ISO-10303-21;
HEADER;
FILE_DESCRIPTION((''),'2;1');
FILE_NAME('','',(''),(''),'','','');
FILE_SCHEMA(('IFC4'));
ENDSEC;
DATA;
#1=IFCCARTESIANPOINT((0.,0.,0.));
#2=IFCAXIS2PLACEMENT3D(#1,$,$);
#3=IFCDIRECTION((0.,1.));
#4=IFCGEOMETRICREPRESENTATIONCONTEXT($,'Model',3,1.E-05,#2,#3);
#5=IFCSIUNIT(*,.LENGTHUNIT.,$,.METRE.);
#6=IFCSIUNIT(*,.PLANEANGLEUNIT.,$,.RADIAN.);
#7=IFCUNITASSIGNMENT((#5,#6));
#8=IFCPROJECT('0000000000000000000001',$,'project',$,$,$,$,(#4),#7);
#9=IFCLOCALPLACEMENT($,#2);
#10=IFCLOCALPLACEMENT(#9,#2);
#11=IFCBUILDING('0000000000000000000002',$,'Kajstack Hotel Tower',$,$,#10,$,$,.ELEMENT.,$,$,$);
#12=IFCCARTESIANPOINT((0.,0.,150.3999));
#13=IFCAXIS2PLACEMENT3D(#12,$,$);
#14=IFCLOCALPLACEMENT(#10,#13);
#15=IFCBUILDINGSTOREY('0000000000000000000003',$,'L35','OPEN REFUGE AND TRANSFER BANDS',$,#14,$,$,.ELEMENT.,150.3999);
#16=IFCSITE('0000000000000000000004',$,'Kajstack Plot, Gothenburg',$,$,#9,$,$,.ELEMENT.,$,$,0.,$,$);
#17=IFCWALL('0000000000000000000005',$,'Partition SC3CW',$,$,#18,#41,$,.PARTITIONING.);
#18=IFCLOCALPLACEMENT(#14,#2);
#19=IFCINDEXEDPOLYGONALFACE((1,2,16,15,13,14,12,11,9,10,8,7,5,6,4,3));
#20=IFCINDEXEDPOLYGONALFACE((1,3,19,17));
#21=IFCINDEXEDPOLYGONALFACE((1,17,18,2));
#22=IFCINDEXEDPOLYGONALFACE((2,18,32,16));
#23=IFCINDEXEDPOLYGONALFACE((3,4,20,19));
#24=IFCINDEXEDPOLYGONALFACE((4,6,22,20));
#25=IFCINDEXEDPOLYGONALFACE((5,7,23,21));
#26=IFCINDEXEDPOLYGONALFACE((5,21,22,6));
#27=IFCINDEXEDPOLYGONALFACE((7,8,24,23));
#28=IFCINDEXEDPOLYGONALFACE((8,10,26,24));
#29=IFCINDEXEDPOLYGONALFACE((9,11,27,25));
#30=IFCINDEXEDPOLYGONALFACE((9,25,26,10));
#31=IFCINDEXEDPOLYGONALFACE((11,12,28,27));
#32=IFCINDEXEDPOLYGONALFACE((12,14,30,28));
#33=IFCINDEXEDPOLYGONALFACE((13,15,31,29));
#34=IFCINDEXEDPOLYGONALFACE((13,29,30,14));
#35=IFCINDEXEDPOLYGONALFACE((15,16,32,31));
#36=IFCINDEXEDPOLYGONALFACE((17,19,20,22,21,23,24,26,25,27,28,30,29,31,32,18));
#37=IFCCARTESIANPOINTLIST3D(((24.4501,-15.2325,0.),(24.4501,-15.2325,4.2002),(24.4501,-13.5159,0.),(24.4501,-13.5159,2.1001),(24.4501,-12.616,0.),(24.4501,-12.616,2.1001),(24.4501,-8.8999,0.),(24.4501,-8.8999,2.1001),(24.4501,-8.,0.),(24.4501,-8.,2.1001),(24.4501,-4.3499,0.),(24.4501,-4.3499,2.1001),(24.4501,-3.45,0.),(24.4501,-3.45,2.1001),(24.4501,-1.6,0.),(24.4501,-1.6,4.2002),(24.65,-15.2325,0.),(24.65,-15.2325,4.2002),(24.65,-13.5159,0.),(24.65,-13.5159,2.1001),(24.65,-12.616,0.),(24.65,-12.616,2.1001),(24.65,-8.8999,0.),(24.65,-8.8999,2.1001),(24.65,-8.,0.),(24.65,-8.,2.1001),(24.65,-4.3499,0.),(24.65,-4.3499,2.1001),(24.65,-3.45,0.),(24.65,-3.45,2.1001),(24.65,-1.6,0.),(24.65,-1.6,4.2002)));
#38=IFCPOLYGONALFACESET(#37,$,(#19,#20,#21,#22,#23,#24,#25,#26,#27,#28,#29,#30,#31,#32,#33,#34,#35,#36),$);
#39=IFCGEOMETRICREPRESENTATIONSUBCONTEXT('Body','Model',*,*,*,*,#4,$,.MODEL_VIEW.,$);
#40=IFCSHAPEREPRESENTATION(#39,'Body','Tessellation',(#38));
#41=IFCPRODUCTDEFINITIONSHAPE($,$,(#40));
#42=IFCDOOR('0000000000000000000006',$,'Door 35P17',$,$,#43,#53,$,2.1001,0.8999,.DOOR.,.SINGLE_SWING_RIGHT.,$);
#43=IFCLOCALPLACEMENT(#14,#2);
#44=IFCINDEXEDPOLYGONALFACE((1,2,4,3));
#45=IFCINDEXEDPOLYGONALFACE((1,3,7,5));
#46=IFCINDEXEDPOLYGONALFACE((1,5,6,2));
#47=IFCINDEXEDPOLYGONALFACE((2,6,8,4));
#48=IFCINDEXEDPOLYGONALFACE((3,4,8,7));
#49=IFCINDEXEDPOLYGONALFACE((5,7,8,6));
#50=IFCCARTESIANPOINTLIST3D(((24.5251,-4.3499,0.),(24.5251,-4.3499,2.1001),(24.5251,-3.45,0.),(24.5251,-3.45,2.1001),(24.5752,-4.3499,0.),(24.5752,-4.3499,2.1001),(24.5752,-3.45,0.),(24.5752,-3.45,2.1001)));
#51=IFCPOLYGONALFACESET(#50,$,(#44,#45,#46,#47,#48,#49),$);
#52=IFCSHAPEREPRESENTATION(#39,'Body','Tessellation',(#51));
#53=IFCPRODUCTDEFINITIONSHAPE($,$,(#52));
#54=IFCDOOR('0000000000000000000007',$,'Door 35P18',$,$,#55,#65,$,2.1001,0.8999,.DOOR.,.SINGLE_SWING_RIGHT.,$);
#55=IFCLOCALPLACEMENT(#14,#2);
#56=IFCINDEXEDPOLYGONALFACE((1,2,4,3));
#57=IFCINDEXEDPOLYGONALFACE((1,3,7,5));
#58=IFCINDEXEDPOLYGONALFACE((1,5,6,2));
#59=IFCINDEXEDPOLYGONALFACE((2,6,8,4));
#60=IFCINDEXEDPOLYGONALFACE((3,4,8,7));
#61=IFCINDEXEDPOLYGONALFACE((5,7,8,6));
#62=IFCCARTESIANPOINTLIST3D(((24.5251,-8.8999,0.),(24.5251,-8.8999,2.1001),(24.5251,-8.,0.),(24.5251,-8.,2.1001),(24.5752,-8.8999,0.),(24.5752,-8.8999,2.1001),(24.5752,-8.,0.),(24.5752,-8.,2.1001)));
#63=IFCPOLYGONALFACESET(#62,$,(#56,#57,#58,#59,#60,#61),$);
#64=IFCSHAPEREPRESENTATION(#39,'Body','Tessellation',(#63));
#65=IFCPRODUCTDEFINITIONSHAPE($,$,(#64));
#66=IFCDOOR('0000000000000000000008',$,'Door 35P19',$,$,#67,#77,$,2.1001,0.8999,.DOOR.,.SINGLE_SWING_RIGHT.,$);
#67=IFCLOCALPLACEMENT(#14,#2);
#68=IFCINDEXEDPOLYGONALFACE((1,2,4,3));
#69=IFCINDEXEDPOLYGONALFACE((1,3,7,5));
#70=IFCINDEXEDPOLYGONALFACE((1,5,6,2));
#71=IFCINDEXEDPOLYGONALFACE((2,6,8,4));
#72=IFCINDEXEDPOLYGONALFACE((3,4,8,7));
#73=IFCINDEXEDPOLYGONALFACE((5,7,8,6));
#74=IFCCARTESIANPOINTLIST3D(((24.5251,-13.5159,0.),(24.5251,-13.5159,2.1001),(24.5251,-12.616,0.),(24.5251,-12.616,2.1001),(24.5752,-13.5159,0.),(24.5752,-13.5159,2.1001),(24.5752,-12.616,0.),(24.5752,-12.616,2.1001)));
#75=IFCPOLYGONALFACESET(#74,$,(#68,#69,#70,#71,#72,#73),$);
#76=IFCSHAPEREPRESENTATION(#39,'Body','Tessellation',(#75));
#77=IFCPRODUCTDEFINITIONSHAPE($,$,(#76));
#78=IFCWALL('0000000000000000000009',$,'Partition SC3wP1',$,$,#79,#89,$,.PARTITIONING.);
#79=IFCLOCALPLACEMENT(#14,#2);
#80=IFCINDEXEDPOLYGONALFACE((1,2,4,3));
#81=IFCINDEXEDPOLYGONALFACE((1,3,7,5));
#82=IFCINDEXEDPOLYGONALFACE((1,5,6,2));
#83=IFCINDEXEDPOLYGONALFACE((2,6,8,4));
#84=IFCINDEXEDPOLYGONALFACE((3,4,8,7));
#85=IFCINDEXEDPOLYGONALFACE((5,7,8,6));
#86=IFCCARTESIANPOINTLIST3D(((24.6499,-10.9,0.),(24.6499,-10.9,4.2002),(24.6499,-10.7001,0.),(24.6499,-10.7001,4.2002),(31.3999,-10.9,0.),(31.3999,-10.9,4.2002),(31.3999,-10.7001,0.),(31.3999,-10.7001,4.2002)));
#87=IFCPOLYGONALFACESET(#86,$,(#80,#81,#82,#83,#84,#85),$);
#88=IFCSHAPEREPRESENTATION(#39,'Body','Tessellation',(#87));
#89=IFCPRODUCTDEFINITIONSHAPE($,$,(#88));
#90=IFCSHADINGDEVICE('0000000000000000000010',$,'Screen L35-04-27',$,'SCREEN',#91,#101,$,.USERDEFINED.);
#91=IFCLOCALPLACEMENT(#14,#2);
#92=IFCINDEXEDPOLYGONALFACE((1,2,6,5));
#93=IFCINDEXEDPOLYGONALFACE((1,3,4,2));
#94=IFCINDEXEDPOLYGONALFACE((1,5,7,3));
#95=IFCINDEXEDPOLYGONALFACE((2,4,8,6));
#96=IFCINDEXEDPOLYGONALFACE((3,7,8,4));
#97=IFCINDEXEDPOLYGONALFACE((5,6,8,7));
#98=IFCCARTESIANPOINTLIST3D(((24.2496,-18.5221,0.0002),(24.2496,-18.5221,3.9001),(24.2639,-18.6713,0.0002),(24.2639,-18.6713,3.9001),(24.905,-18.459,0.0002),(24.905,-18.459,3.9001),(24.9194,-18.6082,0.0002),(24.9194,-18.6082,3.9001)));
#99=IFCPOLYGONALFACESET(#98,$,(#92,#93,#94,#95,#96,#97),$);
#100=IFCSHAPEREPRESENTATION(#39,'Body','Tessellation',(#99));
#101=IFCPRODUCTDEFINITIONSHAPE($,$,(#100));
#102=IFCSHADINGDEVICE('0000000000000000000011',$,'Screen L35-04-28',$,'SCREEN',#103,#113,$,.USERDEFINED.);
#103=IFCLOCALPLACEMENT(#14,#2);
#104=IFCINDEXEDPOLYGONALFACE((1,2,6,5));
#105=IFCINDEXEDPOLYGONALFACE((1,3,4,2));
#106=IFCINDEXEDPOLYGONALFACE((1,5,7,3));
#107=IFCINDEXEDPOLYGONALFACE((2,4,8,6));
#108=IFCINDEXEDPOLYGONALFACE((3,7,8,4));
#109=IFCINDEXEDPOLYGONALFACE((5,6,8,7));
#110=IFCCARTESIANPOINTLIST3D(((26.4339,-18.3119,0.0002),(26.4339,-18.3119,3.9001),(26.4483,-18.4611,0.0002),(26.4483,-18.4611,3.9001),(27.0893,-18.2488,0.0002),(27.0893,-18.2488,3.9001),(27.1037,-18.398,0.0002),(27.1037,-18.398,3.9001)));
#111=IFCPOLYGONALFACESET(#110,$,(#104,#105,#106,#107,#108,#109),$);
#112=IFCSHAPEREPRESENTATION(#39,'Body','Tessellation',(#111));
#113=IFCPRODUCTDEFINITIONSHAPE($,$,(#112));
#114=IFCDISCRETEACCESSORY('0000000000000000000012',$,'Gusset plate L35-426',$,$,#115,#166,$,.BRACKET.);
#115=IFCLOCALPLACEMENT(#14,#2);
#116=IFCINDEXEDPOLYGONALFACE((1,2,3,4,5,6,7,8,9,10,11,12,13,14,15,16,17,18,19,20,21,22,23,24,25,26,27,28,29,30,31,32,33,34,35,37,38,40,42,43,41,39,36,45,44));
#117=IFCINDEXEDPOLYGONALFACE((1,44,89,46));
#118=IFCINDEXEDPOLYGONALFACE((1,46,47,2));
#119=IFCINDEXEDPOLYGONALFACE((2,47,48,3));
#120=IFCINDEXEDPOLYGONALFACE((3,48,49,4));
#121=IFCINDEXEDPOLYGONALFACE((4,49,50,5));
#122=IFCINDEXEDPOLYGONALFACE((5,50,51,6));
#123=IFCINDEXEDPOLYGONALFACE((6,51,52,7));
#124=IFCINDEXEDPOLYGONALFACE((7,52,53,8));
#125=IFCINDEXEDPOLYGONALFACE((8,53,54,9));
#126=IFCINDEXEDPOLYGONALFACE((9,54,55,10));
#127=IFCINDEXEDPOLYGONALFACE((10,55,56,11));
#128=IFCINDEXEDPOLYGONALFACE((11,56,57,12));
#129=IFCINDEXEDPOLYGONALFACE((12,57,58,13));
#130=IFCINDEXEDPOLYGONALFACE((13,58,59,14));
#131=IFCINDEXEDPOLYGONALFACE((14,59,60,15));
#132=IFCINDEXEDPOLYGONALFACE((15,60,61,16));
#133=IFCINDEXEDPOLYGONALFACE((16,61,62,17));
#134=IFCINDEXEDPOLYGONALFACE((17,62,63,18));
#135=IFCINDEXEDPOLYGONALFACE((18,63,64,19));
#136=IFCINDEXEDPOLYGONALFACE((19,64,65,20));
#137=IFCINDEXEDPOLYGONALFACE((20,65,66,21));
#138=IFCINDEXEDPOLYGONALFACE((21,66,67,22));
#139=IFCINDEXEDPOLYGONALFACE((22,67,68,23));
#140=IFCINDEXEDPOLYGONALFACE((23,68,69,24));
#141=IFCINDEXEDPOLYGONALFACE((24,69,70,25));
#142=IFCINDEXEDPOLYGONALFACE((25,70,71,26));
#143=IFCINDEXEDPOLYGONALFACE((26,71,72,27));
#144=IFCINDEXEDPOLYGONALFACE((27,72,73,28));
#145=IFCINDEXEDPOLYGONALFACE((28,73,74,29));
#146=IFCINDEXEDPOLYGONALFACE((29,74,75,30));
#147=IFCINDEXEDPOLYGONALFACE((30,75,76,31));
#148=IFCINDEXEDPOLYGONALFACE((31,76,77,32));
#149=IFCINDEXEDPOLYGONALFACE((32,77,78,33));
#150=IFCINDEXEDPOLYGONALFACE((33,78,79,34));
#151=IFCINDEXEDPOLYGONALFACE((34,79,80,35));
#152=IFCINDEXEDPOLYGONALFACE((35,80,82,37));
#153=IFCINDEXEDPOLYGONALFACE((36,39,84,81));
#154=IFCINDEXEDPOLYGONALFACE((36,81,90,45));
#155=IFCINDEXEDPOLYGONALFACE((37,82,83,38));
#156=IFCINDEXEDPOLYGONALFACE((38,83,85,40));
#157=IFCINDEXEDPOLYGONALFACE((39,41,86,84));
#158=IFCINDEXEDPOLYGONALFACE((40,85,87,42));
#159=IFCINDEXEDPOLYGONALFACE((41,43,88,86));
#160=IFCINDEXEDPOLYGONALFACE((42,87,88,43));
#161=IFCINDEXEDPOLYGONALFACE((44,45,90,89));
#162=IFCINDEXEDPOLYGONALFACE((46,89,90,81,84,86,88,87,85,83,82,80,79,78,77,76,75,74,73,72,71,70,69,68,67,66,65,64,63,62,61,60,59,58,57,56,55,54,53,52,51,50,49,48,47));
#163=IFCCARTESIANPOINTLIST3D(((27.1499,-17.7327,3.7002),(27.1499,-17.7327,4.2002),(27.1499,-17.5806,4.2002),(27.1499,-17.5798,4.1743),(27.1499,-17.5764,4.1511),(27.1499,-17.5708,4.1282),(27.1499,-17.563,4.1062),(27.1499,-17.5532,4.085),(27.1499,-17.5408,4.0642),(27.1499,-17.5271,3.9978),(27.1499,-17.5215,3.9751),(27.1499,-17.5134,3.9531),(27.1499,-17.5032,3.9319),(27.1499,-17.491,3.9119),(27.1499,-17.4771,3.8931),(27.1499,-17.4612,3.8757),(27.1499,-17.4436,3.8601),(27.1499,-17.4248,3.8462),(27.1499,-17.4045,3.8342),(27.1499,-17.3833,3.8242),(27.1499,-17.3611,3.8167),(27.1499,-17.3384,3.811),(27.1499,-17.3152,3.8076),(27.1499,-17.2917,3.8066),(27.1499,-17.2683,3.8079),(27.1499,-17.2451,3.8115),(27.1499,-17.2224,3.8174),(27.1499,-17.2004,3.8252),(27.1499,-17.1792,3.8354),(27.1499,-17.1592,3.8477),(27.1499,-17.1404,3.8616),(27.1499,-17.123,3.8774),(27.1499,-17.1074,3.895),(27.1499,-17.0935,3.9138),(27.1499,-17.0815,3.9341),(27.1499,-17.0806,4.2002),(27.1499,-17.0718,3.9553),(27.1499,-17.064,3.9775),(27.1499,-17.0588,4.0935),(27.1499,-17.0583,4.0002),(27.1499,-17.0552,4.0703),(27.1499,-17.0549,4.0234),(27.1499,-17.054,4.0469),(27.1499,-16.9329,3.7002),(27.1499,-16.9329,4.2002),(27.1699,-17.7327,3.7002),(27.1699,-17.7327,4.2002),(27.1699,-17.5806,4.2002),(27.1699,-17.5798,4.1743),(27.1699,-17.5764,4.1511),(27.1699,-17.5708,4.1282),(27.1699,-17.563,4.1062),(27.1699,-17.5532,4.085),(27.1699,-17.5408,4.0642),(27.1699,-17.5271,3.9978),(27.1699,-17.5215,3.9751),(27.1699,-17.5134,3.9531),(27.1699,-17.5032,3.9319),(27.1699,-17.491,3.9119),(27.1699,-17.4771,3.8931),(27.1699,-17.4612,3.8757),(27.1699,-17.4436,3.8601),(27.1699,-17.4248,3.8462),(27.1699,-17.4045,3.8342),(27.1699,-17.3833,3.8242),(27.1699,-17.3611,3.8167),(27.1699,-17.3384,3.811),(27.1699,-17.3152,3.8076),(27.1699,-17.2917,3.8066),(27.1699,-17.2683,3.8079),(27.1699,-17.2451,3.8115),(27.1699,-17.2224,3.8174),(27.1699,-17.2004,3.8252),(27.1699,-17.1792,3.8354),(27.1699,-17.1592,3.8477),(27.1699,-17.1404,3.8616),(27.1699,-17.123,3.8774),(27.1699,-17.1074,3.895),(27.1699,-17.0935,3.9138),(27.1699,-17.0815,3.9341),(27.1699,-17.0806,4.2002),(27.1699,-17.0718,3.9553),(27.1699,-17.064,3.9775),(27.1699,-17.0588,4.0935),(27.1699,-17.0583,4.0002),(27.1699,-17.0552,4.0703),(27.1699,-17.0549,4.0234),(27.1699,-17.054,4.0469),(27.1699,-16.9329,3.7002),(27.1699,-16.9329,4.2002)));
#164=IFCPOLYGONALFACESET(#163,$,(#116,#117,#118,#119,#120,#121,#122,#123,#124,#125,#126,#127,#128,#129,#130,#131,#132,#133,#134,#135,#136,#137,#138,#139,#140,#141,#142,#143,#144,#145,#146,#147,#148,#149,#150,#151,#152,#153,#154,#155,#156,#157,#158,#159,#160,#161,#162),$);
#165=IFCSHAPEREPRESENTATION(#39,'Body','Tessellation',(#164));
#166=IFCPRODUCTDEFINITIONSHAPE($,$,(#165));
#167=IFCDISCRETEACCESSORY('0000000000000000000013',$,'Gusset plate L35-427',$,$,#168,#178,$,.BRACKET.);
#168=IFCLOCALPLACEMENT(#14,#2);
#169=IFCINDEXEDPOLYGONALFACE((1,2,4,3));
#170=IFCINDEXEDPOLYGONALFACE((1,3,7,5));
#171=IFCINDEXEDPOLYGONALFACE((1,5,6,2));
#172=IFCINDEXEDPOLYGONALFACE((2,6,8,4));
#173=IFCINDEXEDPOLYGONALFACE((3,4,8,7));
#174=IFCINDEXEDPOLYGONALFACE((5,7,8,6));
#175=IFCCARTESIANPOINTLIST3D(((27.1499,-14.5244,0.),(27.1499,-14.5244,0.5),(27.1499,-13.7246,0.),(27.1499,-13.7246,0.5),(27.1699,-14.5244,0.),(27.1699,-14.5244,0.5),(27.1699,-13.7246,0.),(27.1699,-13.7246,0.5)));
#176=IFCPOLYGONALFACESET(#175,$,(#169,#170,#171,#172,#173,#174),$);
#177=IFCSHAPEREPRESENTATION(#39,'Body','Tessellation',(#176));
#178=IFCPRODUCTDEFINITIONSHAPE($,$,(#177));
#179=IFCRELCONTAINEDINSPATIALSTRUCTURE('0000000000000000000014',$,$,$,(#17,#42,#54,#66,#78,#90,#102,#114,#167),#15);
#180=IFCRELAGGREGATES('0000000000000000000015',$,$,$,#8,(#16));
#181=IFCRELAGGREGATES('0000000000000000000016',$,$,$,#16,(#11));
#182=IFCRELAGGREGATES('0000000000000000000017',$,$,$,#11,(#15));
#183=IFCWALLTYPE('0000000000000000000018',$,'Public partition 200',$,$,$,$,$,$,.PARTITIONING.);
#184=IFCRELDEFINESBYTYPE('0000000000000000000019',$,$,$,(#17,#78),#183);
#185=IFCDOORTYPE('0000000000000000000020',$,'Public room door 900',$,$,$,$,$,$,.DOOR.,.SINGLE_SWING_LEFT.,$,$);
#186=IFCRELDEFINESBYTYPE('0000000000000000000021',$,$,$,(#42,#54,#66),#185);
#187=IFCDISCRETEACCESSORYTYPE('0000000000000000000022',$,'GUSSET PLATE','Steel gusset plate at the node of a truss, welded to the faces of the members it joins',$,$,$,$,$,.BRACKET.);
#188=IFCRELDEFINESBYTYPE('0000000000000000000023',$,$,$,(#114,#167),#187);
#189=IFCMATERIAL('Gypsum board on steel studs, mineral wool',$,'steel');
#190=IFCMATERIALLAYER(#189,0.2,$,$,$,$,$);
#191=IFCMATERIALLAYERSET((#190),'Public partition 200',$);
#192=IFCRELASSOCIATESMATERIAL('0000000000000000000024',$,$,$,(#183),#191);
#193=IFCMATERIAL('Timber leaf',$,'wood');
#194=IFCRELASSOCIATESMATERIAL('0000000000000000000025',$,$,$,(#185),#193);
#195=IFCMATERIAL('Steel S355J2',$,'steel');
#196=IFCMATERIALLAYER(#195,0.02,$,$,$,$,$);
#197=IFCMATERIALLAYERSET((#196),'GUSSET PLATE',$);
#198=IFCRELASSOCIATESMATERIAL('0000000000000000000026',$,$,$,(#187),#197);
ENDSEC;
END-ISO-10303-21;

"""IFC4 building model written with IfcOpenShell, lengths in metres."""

from ifc_helpers import new_model, si_unit, direction, frame, frame_2d, origin, origin_2d, place, context, subcontext, project, spatial, polyline, rectangle, outline, extrude, material, layer, layer_set, type_object, element, fill, save


model = new_model("IFC4")

# Units and contexts
model_context = context("Model", 3, precision=1e-05, world=origin(), true_north=direction((0.0, 1.0)))
body_context = subcontext(model_context, "Body", "Model", "MODEL_VIEW")
ifc_project = project(units=[si_unit("LENGTHUNIT", "METRE"), si_unit("PLANEANGLEUNIT", "RADIAN")], contexts=[model_context])

# Site, building, storey
site_placement = place(None, origin())
site = spatial("IfcSite", under=ifc_project, at=site_placement, Name="Kajstack Plot, Gothenburg", CompositionType="ELEMENT", RefElevation=0.0)
building_placement = place(site_placement, origin())
building = spatial("IfcBuilding", under=site, at=building_placement, Name="Kajstack Hotel Tower", CompositionType="ELEMENT")
storey_placement = place(building_placement, frame((0.0, 0.0, 150.3999)))
storey = spatial("IfcBuildingStorey", under=building, at=storey_placement, Name="L35", Description="OPEN REFUGE AND TRANSFER BANDS", CompositionType="ELEMENT", Elevation=150.3999)

# Shared definitions
ifc_material_1 = material(Name="Steel S355J2", Category="steel")

# Wall, openings, doors
ifc_material_2 = material(Name="Gypsum board on steel studs, mineral wool", Category="steel")
ifc_layer_1 = layer(ifc_material_2, 0.2)
ifc_layer_set_1 = layer_set([ifc_layer_1], Name="Public partition 200")
wall_type = type_object("IfcWallType", Name="Public partition 200", PredefinedType="PARTITIONING", material=ifc_layer_set_1)
wall_1_placement = place(storey_placement, frame((24.55, -15.2327, 0.0), z_axis=(0.0, 0.0, 1.0), x_axis=(0.0, 1.0, 0.0)))
wall_1 = element("IfcWall", 1, at=wall_1_placement, inside=storey, type_object=wall_type, Name="Partition SC3CW", PredefinedType="PARTITIONING", context=body_context, shape_type="SweptSolid", body=[
    extrude(rectangle(XDim=13.6326, YDim=0.2, at=frame_2d((6.8164, 0.0))), origin(), (0.0, 0.0, 1.0), 4.2002),
])
opening_1_placement = place(wall_1_placement, frame((10.8828, 0.0, 0.0)))
opening_1 = element("IfcOpeningElement", 2, at=opening_1_placement, cuts=wall_1, PredefinedType="OPENING", context=body_context, shape_type="SweptSolid", body=[
    extrude(rectangle(XDim=0.8999, YDim=2.1001, at=frame_2d((0.45, 1.05))), frame((0.0, 0.1099, 0.0), z_axis=(0.0, -1.0, 0.0), x_axis=(1.0, 0.0, 0.0)), (0.0, 0.0, 1.0), 0.22),
])
opening_2_placement = place(wall_1_placement, frame((6.3328, 0.0, 0.0)))
opening_2 = element("IfcOpeningElement", 3, at=opening_2_placement, cuts=wall_1, PredefinedType="OPENING", context=body_context, shape_type="SweptSolid", body=[
    extrude(rectangle(XDim=0.8999, YDim=2.1001, at=frame_2d((0.45, 1.05))), frame((0.0, 0.1099, 0.0), z_axis=(0.0, -1.0, 0.0), x_axis=(1.0, 0.0, 0.0)), (0.0, 0.0, 1.0), 0.22),
])
opening_3_placement = place(wall_1_placement, frame((1.7168, 0.0, 0.0)))
opening_3 = element("IfcOpeningElement", 4, at=opening_3_placement, cuts=wall_1, PredefinedType="OPENING", context=body_context, shape_type="SweptSolid", body=[
    extrude(rectangle(XDim=0.8999, YDim=2.1001, at=frame_2d((0.45, 1.05))), frame((0.0, 0.1099, 0.0), z_axis=(0.0, -1.0, 0.0), x_axis=(1.0, 0.0, 0.0)), (0.0, 0.0, 1.0), 0.22),
])
ifc_material_3 = material(Name="Timber leaf", Category="wood")
door_type = type_object("IfcDoorType", Name="Public room door 900", OperationType="SINGLE_SWING_LEFT", PredefinedType="DOOR", material=ifc_material_3)
door_1_placement = place(opening_1_placement, origin())
door_1 = element("IfcDoor", 5, at=door_1_placement, inside=storey, type_object=door_type, Name="Door 35P17", OperationType="SINGLE_SWING_RIGHT", OverallHeight=2.1001, OverallWidth=0.8999, PredefinedType="DOOR", context=body_context, shape_type="SweptSolid", body=[
    extrude(rectangle(XDim=0.8999, YDim=2.1001, at=frame_2d((0.45, 1.05))), frame((0.0, 0.0249, 0.0), z_axis=(0.0, -1.0, 0.0), x_axis=(1.0, 0.0, 0.0)), (0.0, 0.0, 1.0), 0.05),
])
fill(opening_1, door_1)
door_2_placement = place(opening_2_placement, origin())
door_2 = element("IfcDoor", 6, at=door_2_placement, inside=storey, type_object=door_type, Name="Door 35P18", OperationType="SINGLE_SWING_RIGHT", OverallHeight=2.1001, OverallWidth=0.8999, PredefinedType="DOOR", context=body_context, shape_type="SweptSolid", body=[
    extrude(rectangle(XDim=0.8999, YDim=2.1001, at=frame_2d((0.45, 1.05))), frame((0.0, 0.0249, 0.0), z_axis=(0.0, -1.0, 0.0), x_axis=(1.0, 0.0, 0.0)), (0.0, 0.0, 1.0), 0.05),
])
fill(opening_2, door_2)
door_3_placement = place(opening_3_placement, origin())
door_3 = element("IfcDoor", 7, at=door_3_placement, inside=storey, type_object=door_type, Name="Door 35P19", OperationType="SINGLE_SWING_RIGHT", OverallHeight=2.1001, OverallWidth=0.8999, PredefinedType="DOOR", context=body_context, shape_type="SweptSolid", body=[
    extrude(rectangle(XDim=0.8999, YDim=2.1001, at=frame_2d((0.45, 1.05))), frame((0.0, 0.0249, 0.0), z_axis=(0.0, -1.0, 0.0), x_axis=(1.0, 0.0, 0.0)), (0.0, 0.0, 1.0), 0.05),
])
fill(opening_3, door_3)

# Wall
wall_2_placement = place(storey_placement, frame((24.6499, -10.8, 0.0), z_axis=(0.0, 0.0, 1.0), x_axis=(1.0, 0.0, 0.0)))
element("IfcWall", 8, at=wall_2_placement, inside=storey, type_object=wall_type, Name="Partition SC3wP1", PredefinedType="PARTITIONING", context=body_context, shape_type="SweptSolid", body=[
    extrude(rectangle(XDim=6.75, YDim=0.2, at=frame_2d((3.375, 0.0))), origin(), (0.0, 0.0, 1.0), 4.2002),
])

# Shading devices
for number, where, z_axis, x_axis, name in (
    (9, (24.5845, -18.5652, 0.0002), (0.0, 0.0, 1.0), (0.995396, 0.095846, 0.0), "Screen L35-04-27"),
    (10, (26.7688, -18.355, 0.0002), (0.0, 0.0, 1.0), (0.995396, 0.095846, 0.0), "Screen L35-04-28"),
):
    element("IfcShadingDevice", number, at=place(storey_placement, frame(where, z_axis=z_axis, x_axis=x_axis)), inside=storey, Name=name, ObjectType="SCREEN", PredefinedType="USERDEFINED", context=body_context, shape_type="SweptSolid", body=[
        extrude(rectangle(XDim=0.6584, YDim=0.1499, at=origin_2d()), origin(), (0.0, 0.0, 1.0), 3.8999),
    ])

# Discrete accessories
ifc_layer_2 = layer(ifc_material_1, 0.02)
ifc_layer_set_2 = layer_set([ifc_layer_2], Name="GUSSET PLATE")
discrete_accessory_type = type_object("IfcDiscreteAccessoryType", Name="GUSSET PLATE", Description="Steel gusset plate at the node of a truss, welded to the faces of the members it joins", PredefinedType="BRACKET", material=ifc_layer_set_2)
discrete_accessory_1_placement = place(storey_placement, frame((27.1499, -17.3328, 3.7002), z_axis=(1.0, 0.0, 0.0), x_axis=(0.0, 1.0, 0.0)))
element("IfcDiscreteAccessory", 11, at=discrete_accessory_1_placement, inside=storey, type_object=discrete_accessory_type, Name="Gusset plate L35-426", PredefinedType="BRACKET", context=body_context, shape_type="SweptSolid", body=[
    extrude(outline(polyline([(0.3999, 0.5), (0.2522, 0.5), (0.2739, 0.3933), (0.2776, 0.3701), (0.2788, 0.3467), (0.2778, 0.3232), (0.2744, 0.3), (0.2688, 0.2773), (0.261, 0.2551), (0.2512, 0.2339), (0.2393, 0.2136), (0.2253, 0.1948), (0.2097, 0.1772), (0.1924, 0.1614), (0.1736, 0.1475), (0.1536, 0.1353), (0.1323, 0.125), (0.1104, 0.1172), (0.0876, 0.1113), (0.0645, 0.1077), (0.041, 0.1064), (0.0176, 0.1074), (-0.0056, 0.1108), (-0.0283, 0.1165), (-0.0505, 0.124), (-0.0718, 0.134), (-0.092, 0.146), (-0.1108, 0.1599), (-0.1284, 0.1755), (-0.1443, 0.1929), (-0.1582, 0.2117), (-0.1704, 0.2317), (-0.1807, 0.2529), (-0.1887, 0.2749), (-0.1943, 0.2976), (-0.208, 0.364), (-0.2205, 0.3848), (-0.2302, 0.406), (-0.238, 0.428), (-0.2437, 0.4509), (-0.2471, 0.4741), (-0.2478, 0.5), (-0.3999, 0.5), (-0.3999, 0.0), (0.3999, 0.0), (0.3999, 0.5)])), origin(), (0.0, 0.0, 1.0), 0.02),
])
discrete_accessory_2_placement = place(storey_placement, frame((27.1499, -14.1245, 0.0), z_axis=(1.0, 0.0, 0.0), x_axis=(0.0, 1.0, 0.0)))
element("IfcDiscreteAccessory", 12, at=discrete_accessory_2_placement, inside=storey, type_object=discrete_accessory_type, Name="Gusset plate L35-427", PredefinedType="BRACKET", context=body_context, shape_type="SweptSolid", body=[
    extrude(outline(polyline([(-0.3999, 0.0), (0.3999, 0.0), (0.3999, 0.5), (-0.3999, 0.5), (-0.3999, 0.0)])), origin(), (0.0, 0.0, 1.0), 0.02),
])

save(model, "model.ifc")
